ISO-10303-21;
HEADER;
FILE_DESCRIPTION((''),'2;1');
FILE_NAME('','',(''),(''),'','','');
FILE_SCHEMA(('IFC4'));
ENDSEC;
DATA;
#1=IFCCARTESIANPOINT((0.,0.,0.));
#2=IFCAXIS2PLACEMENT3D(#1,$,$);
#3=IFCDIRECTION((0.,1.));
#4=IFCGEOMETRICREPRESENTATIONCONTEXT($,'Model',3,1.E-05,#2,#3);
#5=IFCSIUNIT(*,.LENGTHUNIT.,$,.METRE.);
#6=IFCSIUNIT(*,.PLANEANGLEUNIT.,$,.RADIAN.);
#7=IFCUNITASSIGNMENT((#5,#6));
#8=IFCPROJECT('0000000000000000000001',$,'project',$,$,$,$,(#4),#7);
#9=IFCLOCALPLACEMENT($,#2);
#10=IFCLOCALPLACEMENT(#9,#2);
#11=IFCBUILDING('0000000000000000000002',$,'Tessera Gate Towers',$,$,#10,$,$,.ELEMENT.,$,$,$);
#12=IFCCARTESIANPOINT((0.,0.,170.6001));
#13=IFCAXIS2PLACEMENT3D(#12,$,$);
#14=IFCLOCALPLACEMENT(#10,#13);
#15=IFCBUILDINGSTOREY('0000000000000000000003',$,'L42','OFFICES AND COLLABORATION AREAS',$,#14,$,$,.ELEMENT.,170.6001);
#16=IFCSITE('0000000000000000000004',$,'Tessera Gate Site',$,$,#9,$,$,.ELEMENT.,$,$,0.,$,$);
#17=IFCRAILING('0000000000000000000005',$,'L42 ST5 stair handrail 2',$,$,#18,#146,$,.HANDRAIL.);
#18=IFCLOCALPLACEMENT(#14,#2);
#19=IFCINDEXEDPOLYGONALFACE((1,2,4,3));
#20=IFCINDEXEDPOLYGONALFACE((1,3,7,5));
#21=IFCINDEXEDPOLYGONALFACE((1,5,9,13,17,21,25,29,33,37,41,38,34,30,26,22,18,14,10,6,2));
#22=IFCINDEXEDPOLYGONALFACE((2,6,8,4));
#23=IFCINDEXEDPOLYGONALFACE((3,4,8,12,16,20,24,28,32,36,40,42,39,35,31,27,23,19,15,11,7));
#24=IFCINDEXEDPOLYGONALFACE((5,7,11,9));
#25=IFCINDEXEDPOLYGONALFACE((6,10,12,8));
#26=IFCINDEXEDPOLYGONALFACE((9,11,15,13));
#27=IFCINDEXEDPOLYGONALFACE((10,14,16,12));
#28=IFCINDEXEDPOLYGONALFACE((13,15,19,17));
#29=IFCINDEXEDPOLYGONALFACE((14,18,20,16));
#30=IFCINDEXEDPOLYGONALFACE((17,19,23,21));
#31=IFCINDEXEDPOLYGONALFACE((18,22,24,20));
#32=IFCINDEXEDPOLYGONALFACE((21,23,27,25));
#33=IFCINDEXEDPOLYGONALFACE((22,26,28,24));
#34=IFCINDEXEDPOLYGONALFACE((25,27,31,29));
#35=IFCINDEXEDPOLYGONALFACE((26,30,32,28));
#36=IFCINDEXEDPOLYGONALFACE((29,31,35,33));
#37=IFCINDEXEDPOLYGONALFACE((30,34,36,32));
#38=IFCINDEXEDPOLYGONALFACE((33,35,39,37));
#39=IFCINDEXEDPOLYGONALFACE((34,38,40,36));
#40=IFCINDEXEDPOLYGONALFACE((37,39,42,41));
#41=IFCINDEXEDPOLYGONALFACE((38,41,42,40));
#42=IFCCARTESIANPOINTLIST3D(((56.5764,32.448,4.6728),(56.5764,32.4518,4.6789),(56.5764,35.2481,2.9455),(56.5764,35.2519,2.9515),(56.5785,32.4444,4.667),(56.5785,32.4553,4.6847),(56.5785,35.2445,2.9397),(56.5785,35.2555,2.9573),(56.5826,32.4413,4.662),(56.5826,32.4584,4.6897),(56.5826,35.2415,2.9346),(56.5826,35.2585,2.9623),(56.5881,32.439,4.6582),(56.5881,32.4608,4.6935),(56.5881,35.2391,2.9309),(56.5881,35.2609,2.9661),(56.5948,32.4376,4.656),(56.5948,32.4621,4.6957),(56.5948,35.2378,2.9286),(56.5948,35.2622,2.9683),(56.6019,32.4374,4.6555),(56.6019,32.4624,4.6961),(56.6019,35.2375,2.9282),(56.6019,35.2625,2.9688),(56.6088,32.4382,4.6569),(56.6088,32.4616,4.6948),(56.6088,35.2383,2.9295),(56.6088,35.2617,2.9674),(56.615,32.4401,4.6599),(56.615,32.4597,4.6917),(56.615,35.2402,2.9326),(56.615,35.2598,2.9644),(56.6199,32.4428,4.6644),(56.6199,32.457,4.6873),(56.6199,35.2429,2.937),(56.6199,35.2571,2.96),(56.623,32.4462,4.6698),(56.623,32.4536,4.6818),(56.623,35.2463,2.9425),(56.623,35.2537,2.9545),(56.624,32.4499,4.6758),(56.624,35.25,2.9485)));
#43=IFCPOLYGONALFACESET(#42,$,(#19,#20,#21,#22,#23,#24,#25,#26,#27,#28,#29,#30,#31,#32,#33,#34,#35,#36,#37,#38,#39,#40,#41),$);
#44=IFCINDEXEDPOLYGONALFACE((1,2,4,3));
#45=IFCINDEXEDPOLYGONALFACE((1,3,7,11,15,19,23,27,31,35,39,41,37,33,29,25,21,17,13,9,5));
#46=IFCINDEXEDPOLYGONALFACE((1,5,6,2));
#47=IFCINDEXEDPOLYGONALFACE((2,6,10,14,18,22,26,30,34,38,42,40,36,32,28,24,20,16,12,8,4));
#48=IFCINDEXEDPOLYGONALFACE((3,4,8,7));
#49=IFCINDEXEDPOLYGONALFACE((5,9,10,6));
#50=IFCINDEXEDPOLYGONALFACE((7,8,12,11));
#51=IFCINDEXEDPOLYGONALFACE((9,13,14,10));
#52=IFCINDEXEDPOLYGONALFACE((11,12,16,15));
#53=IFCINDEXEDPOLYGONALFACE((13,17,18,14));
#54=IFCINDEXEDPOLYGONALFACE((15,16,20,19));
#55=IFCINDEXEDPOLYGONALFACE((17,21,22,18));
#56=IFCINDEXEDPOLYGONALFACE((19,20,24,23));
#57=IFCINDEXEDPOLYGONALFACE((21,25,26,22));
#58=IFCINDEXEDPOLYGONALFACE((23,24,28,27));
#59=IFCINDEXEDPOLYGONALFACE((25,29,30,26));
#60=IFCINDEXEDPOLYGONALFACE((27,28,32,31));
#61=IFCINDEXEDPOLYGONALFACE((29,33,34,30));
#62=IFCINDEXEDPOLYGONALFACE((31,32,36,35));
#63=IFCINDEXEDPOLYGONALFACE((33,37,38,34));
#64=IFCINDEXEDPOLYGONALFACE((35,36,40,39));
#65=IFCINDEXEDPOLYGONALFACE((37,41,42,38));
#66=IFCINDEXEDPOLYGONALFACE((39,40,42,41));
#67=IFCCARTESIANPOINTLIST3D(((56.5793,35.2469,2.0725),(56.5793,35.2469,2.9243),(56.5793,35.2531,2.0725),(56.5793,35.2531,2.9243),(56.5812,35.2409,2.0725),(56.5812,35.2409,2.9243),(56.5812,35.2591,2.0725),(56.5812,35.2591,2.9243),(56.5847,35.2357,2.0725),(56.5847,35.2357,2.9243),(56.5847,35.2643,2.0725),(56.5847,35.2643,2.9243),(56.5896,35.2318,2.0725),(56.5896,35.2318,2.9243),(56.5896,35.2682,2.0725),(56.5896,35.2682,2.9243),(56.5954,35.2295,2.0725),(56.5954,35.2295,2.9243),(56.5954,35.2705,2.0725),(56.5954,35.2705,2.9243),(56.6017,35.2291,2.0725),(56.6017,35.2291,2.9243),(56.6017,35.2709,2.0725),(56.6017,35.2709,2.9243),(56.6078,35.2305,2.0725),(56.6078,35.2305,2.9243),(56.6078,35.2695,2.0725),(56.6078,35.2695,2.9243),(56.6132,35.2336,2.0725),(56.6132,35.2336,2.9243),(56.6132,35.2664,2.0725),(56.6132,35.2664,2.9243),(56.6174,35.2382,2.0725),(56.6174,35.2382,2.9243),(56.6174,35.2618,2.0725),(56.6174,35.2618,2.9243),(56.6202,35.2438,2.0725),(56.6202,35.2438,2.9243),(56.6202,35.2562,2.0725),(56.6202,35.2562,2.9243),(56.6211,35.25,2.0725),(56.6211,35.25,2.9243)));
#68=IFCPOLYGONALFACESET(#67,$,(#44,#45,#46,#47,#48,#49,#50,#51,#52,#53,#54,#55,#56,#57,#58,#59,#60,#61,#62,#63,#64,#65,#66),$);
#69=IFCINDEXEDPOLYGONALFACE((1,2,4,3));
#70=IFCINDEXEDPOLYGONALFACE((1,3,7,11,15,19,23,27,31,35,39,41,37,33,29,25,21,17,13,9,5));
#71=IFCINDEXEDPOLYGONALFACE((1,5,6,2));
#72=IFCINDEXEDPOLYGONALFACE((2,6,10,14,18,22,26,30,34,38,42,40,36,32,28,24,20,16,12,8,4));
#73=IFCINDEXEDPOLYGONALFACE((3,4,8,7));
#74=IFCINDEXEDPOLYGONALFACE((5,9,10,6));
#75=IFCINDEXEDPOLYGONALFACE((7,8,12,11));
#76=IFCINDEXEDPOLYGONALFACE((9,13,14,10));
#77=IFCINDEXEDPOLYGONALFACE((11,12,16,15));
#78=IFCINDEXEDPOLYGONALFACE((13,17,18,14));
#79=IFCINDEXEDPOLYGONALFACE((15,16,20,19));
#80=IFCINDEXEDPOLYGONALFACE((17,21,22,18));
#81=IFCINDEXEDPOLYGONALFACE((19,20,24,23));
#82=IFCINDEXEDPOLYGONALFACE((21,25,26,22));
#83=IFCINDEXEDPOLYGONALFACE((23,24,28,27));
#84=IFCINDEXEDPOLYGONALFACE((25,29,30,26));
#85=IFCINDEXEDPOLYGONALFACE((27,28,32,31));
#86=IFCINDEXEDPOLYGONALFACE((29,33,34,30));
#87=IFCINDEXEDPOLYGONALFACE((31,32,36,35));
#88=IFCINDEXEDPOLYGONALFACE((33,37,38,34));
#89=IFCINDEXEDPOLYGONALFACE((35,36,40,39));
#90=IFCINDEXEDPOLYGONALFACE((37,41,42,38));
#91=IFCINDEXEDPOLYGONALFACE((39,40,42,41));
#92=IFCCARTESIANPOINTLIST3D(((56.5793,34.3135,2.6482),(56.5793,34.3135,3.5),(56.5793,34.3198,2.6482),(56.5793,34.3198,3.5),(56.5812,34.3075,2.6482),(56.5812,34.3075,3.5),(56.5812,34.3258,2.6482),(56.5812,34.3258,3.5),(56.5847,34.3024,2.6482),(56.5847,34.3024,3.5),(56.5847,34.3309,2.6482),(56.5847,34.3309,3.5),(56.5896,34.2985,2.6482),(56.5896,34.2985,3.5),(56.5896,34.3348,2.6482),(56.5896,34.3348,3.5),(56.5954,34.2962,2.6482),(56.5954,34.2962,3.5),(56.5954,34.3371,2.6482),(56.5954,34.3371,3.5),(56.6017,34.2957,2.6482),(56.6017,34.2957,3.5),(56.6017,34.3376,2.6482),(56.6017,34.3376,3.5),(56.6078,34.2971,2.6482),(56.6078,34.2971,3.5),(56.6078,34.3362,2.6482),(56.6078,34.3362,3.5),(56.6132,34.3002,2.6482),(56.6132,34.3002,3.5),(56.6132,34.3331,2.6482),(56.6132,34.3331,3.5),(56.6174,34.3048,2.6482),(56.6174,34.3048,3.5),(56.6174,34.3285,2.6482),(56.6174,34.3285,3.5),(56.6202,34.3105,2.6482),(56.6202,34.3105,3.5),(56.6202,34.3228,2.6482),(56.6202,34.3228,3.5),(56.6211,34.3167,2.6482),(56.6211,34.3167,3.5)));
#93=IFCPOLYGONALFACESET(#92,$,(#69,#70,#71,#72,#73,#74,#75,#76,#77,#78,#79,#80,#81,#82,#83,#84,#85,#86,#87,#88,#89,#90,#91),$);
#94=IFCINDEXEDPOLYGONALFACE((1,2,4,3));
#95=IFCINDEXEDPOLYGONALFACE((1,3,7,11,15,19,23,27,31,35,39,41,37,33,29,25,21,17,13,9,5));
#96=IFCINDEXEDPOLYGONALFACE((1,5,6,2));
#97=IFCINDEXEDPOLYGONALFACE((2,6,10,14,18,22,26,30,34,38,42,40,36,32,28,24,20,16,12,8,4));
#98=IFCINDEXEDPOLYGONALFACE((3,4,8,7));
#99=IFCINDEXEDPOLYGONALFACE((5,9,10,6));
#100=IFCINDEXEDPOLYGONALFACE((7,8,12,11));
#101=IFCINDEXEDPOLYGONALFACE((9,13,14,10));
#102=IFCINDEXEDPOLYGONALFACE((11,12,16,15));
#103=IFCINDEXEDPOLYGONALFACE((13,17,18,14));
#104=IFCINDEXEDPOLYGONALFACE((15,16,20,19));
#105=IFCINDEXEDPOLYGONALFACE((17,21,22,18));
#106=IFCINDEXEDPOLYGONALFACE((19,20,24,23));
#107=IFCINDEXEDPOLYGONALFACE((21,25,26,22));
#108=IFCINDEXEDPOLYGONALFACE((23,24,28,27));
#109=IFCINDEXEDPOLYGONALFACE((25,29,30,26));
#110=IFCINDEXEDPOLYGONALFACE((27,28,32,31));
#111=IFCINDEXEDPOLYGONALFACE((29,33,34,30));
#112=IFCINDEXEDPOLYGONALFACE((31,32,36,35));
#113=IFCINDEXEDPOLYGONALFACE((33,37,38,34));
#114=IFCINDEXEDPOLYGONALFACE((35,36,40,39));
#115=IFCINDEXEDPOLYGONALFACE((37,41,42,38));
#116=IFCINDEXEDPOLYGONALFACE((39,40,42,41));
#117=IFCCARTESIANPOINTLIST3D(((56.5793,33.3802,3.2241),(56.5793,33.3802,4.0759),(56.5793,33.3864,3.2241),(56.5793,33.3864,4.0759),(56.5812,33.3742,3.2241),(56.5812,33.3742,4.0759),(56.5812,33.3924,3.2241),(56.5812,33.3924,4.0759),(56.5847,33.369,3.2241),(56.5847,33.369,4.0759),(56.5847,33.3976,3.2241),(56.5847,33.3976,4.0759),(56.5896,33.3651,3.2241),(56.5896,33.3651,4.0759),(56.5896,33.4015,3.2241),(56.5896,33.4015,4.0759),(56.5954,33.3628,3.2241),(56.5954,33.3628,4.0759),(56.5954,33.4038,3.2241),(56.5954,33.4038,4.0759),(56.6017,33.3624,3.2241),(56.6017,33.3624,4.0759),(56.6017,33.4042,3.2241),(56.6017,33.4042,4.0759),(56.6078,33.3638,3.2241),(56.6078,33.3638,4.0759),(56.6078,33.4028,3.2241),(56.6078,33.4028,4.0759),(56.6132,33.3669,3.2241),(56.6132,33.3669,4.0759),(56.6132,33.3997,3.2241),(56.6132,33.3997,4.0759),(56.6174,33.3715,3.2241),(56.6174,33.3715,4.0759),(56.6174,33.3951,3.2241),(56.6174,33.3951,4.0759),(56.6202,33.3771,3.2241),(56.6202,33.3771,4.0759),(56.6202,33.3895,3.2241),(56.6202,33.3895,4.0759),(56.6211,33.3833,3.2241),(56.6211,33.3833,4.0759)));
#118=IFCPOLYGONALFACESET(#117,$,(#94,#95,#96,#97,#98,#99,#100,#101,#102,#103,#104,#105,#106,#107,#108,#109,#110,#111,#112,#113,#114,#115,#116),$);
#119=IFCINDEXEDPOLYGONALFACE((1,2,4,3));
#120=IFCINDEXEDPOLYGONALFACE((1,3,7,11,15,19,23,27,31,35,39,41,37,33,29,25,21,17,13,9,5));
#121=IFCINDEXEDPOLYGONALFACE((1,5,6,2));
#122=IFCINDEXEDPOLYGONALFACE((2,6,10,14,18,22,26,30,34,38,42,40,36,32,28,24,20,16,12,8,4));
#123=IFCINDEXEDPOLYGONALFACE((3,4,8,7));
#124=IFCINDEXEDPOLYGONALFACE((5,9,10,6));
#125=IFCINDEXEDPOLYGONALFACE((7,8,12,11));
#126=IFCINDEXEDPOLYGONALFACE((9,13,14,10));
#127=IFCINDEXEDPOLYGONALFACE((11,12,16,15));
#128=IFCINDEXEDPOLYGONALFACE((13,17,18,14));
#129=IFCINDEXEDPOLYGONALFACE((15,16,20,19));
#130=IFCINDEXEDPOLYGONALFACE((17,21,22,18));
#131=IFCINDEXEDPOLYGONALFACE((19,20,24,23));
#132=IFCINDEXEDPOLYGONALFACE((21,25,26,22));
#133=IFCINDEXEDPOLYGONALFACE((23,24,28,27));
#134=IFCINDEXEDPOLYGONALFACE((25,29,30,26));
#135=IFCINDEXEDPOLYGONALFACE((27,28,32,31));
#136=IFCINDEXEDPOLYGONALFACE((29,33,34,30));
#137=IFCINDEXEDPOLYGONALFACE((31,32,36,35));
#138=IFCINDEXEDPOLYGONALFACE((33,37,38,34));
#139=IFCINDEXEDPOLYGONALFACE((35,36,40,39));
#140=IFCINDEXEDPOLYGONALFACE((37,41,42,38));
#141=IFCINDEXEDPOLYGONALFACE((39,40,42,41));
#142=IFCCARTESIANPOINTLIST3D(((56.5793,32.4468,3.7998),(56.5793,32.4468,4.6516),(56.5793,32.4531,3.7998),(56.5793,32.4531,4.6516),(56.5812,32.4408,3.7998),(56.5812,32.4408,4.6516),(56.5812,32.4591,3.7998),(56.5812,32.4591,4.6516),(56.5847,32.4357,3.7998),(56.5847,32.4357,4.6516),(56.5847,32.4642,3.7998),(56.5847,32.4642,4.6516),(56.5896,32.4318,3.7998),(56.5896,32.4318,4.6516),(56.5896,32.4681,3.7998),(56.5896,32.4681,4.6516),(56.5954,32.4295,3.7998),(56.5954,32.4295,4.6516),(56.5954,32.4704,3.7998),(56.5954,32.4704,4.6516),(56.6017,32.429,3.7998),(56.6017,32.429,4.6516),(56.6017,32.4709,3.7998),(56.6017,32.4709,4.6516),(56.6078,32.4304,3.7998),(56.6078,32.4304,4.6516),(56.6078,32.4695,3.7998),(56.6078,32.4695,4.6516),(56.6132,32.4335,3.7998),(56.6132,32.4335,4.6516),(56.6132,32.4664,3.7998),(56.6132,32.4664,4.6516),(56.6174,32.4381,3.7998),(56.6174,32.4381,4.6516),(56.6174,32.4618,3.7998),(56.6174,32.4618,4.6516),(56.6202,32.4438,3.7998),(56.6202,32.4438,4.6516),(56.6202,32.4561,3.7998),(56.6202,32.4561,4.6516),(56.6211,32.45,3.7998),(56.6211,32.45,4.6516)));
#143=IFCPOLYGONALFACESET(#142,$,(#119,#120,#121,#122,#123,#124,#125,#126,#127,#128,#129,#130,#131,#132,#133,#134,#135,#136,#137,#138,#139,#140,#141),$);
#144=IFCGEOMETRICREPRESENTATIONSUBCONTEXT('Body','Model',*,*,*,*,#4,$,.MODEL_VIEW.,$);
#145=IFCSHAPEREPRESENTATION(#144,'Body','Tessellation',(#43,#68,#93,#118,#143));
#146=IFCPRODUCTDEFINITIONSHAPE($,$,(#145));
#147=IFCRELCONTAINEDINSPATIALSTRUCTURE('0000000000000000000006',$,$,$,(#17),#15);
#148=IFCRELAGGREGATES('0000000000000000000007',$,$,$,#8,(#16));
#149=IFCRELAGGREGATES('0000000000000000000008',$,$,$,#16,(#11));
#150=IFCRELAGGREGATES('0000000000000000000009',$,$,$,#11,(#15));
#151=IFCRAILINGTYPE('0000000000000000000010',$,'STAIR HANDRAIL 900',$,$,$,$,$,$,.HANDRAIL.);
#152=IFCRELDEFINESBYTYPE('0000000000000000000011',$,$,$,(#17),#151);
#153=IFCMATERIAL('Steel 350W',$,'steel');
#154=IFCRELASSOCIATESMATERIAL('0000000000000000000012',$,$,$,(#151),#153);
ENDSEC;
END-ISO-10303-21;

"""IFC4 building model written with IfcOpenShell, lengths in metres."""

from ifc_helpers import new_model, si_unit, direction, frame, origin, origin_2d, place, context, subcontext, project, spatial, circle, extrude, material, type_object, element, save


model = new_model("IFC4")

# Units and contexts
model_context = context("Model", 3, precision=1e-05, world=origin(), true_north=direction((0.0, 1.0)))
body_context = subcontext(model_context, "Body", "Model", "MODEL_VIEW")
ifc_project = project(units=[si_unit("LENGTHUNIT", "METRE"), si_unit("PLANEANGLEUNIT", "RADIAN")], contexts=[model_context])

# Site, building, storey
site_placement = place(None, origin())
site = spatial("IfcSite", under=ifc_project, at=site_placement, Name="Tessera Gate Site", CompositionType="ELEMENT", RefElevation=0.0)
building_placement = place(site_placement, origin())
building = spatial("IfcBuilding", under=site, at=building_placement, Name="Tessera Gate Towers", CompositionType="ELEMENT")
storey_placement = place(building_placement, frame((0.0, 0.0, 170.6001)))
storey = spatial("IfcBuildingStorey", under=building, at=storey_placement, Name="L42", Description="OFFICES AND COLLABORATION AREAS", CompositionType="ELEMENT", Elevation=170.6001)

# Railing
ifc_material_1 = material(Name="Steel 350W", Category="steel")
railing_type_1 = type_object("IfcRailingType", Name="STAIR HANDRAIL 900", PredefinedType="HANDRAIL", material=ifc_material_1)
railing_1_placement = place(storey_placement, frame((56.6001, 35.25, 2.0725)))
element("IfcRailing", 1, at=railing_1_placement, inside=storey, type_object=railing_type_1, Name="L42 ST5 stair handrail 2", PredefinedType="HANDRAIL", context=body_context, shape_type="SweptSolid", body=[
    extrude(circle(Radius=0.0239, at=origin_2d()), frame((0.0, 0.0, 0.876), z_axis=(0.0, -0.85109, 0.52502), x_axis=(1.0, 0.0, 0.0)), (0.0, 0.0, 1.0), 3.29),
    extrude(circle(Radius=0.021, at=origin_2d()), origin(), (0.0, 0.0, 1.0), 0.8518),
    extrude(circle(Radius=0.021, at=origin_2d()), frame((0.0, -0.9333, 0.5757)), (0.0, 0.0, 1.0), 0.8518),
    extrude(circle(Radius=0.021, at=origin_2d()), frame((0.0, -1.8667, 1.1516)), (0.0, 0.0, 1.0), 0.8518),
    extrude(circle(Radius=0.021, at=origin_2d()), frame((0.0, -2.8, 1.7273)), (0.0, 0.0, 1.0), 0.8518),
])

save(model, "model.ifc")
